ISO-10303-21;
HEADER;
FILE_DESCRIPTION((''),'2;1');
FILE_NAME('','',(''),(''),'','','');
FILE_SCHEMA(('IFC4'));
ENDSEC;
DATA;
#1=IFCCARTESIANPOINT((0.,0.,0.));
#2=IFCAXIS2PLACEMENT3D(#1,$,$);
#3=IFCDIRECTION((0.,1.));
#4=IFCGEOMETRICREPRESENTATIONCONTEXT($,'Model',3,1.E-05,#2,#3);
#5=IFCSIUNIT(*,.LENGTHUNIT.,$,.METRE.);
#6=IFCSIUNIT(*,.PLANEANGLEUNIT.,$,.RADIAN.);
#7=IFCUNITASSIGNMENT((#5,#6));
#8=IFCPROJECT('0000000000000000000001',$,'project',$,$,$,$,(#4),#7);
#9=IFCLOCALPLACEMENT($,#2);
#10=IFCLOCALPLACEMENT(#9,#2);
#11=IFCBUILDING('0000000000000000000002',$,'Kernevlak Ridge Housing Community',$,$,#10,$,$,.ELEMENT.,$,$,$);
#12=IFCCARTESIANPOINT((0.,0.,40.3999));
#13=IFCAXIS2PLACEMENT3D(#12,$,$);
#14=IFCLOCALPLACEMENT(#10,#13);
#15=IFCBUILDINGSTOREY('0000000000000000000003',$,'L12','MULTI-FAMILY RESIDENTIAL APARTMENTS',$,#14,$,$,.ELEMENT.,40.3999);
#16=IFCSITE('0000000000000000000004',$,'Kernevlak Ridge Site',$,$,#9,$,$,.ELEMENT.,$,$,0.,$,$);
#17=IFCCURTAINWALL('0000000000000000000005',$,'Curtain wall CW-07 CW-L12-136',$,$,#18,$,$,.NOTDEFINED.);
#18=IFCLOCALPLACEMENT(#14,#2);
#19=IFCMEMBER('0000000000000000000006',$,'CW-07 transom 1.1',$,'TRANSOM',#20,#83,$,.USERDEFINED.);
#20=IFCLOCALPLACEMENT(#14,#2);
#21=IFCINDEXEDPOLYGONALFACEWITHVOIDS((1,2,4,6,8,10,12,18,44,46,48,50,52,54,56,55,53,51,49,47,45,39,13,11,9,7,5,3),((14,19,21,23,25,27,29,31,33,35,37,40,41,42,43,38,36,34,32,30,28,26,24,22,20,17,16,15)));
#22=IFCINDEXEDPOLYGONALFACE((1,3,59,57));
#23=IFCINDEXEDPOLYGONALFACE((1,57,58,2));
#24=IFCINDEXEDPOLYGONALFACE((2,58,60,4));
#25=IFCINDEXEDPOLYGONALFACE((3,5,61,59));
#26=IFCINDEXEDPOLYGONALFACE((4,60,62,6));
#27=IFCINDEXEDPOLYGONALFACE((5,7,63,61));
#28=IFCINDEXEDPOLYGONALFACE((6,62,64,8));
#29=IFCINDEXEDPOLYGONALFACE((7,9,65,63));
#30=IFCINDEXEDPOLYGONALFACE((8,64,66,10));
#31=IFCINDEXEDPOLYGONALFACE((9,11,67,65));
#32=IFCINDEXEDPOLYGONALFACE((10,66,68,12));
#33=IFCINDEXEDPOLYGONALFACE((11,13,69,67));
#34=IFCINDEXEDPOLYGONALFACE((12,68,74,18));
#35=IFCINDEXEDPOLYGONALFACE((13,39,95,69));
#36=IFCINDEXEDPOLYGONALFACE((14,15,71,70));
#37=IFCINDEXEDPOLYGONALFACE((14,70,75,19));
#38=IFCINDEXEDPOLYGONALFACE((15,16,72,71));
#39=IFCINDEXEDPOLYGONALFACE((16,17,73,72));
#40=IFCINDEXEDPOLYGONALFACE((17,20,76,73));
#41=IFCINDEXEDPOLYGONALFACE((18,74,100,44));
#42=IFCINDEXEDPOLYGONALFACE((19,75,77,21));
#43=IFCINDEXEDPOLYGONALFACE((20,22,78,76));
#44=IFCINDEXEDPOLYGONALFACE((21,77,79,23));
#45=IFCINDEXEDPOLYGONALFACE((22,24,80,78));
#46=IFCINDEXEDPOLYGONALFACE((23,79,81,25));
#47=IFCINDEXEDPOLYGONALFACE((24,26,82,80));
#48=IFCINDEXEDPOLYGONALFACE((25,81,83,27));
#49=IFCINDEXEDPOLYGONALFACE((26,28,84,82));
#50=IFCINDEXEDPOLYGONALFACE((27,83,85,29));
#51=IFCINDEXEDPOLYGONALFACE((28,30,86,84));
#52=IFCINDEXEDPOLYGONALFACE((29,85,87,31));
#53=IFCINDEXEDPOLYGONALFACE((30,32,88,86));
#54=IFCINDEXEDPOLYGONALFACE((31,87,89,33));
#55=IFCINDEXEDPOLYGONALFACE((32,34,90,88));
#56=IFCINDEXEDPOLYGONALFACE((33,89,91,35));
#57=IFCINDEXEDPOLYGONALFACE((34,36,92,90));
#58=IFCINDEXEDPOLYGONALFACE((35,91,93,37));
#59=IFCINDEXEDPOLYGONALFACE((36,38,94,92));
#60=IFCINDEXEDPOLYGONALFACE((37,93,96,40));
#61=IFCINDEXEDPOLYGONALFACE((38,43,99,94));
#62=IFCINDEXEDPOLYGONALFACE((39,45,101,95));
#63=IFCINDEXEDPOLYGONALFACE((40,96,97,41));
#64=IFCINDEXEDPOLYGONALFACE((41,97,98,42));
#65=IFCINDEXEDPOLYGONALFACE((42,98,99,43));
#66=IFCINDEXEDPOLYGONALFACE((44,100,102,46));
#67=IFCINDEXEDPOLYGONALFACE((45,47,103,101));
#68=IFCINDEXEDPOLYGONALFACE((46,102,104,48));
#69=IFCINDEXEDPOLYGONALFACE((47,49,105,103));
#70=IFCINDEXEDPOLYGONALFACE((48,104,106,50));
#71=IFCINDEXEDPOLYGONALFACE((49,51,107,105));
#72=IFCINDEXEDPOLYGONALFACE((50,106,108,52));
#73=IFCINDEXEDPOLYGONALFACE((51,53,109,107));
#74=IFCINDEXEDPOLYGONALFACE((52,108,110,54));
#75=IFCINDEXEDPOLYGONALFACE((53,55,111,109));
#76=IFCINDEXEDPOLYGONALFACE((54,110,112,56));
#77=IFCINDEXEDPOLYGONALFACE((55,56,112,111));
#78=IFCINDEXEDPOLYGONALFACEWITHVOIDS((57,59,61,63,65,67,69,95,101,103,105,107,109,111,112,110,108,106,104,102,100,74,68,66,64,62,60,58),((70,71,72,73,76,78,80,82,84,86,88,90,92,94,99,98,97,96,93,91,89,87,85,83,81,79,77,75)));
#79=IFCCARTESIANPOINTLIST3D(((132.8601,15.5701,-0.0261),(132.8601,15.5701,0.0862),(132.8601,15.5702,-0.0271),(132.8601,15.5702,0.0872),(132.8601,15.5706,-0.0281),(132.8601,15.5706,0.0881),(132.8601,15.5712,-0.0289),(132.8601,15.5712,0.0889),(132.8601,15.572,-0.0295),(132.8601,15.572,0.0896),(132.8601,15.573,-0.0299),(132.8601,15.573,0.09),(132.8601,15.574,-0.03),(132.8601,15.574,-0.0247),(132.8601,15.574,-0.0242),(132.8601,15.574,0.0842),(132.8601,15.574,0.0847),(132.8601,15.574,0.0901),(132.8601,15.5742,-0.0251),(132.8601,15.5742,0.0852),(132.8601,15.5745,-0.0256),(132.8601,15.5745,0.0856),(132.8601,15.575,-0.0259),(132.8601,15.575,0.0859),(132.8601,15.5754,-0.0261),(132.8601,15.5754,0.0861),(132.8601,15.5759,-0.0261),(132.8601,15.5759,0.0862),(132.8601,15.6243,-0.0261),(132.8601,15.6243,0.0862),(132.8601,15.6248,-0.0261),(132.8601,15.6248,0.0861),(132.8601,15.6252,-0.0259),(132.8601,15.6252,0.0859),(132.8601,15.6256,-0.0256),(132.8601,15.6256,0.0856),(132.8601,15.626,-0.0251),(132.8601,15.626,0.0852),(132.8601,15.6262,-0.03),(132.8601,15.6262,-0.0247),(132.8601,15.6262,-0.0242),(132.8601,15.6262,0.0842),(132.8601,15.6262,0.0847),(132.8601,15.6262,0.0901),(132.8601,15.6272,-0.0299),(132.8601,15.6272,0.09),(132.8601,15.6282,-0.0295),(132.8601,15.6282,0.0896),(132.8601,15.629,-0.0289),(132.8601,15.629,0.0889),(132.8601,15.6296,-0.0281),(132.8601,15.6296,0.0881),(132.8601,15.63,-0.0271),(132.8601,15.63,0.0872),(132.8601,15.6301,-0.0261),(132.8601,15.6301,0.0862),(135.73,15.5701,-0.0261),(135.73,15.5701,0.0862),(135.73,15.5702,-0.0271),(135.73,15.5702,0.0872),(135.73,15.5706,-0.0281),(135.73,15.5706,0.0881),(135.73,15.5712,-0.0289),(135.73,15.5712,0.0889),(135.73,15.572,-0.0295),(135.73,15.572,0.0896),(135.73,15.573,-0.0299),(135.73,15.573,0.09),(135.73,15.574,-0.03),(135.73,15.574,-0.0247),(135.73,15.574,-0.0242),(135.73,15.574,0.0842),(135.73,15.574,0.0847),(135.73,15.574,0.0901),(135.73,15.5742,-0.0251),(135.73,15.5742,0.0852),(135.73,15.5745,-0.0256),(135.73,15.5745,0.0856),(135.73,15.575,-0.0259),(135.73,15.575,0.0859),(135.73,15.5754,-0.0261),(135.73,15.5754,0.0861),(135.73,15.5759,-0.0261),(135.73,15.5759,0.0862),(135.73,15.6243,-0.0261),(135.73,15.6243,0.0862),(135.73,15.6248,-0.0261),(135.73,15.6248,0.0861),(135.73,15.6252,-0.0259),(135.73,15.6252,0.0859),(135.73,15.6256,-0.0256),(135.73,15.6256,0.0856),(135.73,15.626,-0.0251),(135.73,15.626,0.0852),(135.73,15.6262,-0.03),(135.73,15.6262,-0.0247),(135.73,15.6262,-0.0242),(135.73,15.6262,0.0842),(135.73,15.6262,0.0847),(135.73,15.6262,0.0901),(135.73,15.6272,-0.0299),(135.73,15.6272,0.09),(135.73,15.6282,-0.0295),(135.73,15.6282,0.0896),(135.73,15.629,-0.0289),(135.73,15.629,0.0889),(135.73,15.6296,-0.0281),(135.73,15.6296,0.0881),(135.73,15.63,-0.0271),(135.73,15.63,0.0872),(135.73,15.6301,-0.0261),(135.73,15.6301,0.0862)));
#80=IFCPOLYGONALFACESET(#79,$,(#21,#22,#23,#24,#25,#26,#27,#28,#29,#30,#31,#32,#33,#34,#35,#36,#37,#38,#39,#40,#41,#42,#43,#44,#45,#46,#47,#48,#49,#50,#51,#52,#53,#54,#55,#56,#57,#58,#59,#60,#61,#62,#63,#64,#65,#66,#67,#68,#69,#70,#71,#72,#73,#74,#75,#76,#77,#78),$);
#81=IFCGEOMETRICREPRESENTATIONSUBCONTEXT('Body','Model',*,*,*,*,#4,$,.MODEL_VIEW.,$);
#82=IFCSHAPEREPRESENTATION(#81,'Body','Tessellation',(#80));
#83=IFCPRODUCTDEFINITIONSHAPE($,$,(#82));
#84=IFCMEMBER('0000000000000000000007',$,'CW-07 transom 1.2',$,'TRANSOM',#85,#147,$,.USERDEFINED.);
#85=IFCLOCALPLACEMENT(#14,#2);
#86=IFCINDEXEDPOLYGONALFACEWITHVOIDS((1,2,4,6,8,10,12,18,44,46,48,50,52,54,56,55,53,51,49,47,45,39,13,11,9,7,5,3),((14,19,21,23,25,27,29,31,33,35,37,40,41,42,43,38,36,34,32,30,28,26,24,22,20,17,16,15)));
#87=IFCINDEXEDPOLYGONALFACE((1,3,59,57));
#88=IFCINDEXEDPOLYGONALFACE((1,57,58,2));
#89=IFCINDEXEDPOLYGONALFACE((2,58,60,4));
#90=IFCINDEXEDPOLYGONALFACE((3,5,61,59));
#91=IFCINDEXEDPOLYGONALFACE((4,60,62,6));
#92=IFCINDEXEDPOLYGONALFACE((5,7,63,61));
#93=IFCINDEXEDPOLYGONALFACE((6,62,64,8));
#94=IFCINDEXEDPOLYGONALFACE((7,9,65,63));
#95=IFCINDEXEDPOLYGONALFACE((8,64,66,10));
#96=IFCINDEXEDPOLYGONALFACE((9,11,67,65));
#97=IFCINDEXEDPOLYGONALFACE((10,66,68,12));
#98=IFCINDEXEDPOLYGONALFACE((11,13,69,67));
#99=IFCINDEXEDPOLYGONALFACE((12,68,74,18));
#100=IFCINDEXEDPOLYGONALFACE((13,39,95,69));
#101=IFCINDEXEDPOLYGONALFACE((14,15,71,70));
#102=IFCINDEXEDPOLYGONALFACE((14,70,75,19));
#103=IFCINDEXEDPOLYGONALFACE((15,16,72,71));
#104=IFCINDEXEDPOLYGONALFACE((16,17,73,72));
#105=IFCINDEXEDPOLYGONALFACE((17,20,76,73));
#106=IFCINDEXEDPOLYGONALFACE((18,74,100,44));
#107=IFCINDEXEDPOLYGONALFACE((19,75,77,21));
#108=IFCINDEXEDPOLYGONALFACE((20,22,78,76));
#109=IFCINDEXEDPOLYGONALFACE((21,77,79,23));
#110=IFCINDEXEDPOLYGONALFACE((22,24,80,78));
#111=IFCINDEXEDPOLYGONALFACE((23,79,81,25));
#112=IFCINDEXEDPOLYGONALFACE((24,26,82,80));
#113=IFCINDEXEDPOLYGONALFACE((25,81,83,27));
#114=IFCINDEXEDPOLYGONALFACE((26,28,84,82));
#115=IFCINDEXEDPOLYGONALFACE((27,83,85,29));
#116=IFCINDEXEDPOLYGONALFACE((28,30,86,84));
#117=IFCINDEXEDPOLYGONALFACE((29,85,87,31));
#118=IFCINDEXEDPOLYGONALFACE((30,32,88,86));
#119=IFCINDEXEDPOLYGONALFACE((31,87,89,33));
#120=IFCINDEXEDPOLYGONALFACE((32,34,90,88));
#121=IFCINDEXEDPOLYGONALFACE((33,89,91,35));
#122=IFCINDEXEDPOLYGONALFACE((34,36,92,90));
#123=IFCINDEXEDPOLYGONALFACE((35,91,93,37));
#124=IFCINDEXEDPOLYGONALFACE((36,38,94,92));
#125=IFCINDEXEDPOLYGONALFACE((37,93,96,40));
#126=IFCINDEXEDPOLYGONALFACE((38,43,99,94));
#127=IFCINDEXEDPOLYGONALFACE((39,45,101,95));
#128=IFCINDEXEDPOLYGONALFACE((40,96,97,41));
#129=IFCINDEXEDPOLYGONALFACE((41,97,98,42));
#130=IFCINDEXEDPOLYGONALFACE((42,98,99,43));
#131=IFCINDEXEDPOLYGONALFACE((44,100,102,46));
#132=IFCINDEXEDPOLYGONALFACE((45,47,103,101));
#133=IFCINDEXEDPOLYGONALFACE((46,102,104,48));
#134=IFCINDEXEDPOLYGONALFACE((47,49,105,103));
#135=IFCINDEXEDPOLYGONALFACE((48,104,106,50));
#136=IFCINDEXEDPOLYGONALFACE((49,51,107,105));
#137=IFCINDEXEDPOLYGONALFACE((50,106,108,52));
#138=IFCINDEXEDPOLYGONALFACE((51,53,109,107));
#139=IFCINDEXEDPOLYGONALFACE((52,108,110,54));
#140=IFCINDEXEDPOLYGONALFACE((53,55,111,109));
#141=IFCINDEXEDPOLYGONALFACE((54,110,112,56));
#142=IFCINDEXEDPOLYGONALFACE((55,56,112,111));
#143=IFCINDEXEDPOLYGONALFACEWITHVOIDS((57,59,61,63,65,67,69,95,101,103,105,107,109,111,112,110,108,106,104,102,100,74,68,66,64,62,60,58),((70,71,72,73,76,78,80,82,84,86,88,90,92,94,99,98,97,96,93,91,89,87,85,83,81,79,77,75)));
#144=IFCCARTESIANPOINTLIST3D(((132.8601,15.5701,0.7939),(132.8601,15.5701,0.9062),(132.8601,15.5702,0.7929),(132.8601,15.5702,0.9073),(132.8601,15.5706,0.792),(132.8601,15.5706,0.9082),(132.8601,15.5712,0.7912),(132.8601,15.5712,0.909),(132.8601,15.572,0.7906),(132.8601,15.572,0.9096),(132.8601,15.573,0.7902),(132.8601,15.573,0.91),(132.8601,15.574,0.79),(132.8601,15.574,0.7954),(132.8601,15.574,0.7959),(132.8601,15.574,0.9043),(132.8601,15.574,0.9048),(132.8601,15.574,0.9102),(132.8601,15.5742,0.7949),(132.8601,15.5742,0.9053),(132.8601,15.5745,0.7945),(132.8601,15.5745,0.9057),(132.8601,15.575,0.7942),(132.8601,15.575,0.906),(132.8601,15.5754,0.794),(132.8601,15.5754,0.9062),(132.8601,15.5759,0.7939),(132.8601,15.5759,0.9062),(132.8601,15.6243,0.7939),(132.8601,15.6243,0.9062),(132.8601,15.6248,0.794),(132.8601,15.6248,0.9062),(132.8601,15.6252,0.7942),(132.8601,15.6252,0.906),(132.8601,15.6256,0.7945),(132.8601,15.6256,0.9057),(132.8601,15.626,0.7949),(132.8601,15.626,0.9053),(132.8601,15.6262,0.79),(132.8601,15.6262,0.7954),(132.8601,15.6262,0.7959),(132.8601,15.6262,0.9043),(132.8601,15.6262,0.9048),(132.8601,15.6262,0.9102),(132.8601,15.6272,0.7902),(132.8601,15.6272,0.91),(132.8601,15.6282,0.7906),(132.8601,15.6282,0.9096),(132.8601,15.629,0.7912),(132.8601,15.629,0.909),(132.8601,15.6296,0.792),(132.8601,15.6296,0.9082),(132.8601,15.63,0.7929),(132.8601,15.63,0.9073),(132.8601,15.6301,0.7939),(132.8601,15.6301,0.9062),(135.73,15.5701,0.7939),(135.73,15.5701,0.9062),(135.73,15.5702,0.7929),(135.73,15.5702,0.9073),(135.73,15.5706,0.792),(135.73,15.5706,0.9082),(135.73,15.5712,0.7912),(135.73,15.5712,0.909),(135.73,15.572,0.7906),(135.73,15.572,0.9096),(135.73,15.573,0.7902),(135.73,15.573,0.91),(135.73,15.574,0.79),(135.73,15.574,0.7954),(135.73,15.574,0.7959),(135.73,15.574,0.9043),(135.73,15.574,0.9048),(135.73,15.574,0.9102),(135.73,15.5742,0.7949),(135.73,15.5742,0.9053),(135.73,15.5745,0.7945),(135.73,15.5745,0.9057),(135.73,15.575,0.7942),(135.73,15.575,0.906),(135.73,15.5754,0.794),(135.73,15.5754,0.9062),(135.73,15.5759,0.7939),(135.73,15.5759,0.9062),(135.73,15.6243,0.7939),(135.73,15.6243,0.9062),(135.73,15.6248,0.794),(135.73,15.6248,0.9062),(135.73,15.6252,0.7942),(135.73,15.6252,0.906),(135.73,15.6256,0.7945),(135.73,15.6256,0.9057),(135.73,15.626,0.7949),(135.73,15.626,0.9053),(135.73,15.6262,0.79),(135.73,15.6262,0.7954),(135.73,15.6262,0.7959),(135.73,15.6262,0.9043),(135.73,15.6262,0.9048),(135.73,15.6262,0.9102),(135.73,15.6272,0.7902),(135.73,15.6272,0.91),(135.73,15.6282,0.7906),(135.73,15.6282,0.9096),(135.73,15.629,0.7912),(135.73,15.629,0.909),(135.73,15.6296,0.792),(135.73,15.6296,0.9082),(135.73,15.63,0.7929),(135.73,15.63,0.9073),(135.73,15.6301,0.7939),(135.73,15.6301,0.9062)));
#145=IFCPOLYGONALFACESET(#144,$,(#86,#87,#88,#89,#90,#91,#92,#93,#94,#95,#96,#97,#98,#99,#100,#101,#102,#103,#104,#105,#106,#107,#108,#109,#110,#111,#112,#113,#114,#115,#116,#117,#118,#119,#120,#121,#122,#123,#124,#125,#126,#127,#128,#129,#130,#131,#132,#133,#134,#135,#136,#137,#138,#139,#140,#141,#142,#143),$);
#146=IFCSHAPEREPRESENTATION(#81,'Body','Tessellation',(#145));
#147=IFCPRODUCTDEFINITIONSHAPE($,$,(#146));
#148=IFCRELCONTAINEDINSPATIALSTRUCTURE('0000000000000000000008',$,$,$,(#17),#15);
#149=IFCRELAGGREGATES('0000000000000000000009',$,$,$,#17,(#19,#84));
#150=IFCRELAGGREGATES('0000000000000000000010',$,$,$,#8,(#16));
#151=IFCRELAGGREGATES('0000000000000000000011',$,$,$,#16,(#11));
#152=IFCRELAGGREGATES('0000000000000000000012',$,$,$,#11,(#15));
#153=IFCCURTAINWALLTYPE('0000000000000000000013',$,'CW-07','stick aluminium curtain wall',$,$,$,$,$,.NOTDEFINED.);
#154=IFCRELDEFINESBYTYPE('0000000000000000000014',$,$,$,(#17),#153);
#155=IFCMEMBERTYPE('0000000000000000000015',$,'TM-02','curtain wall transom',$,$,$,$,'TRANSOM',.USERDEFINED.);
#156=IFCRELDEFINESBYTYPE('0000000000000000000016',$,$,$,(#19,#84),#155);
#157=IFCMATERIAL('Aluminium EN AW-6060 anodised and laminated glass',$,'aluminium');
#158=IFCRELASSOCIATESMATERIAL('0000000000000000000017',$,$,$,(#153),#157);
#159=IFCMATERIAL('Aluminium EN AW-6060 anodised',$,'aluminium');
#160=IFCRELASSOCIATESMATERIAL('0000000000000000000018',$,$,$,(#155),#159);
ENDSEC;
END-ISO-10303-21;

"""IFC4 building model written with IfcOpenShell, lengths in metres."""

from ifc_helpers import new_model, si_unit, direction, frame, origin, origin_2d, place, context, subcontext, project, spatial, hollow_rectangle, extrude, material, material_profile, profile_set, type_object, element, aggregate, save


model = new_model("IFC4")

# Units and contexts
model_context = context("Model", 3, precision=1e-05, world=origin(), true_north=direction((0.0, 1.0)))
body_context = subcontext(model_context, "Body", "Model", "MODEL_VIEW")
ifc_project = project(units=[si_unit("LENGTHUNIT", "METRE"), si_unit("PLANEANGLEUNIT", "RADIAN")], contexts=[model_context])

# Site, building, storey
site_placement = place(None, origin())
site = spatial("IfcSite", under=ifc_project, at=site_placement, Name="Kernevlak Ridge Site", CompositionType="ELEMENT", RefElevation=0.0)
building_placement = place(site_placement, origin())
building = spatial("IfcBuilding", under=site, at=building_placement, Name="Kernevlak Ridge Housing Community", CompositionType="ELEMENT")
storey_placement = place(building_placement, frame((0.0, 0.0, 40.3999)))
storey = spatial("IfcBuildingStorey", under=building, at=storey_placement, Name="L12", Description="MULTI-FAMILY RESIDENTIAL APARTMENTS", CompositionType="ELEMENT", Elevation=40.3999)

# Curtain wall
ifc_material_1 = material(Name="Aluminium EN AW-6060 anodised and laminated glass", Category="aluminium")
curtain_wall_type = type_object("IfcCurtainWallType", Name="CW-07", Description="stick aluminium curtain wall", PredefinedType="NOTDEFINED", material=ifc_material_1)
curtain_wall_placement = place(storey_placement, origin())
curtain_wall = element("IfcCurtainWall", 1, at=curtain_wall_placement, inside=storey, type_object=curtain_wall_type, Name="Curtain wall CW-07 CW-L12-136", PredefinedType="NOTDEFINED")
ifc_material_2 = material(Name="Aluminium EN AW-6060 anodised", Category="aluminium")

# Members
ifc_material_profile_1 = material_profile(ifc_material_2, hollow_rectangle(XDim=0.0601, YDim=0.1201, WallThickness=0.0039, InnerFilletRadius=0.002, OuterFilletRadius=0.0039, at=origin_2d()), Name="ALU 60x120x4")
ifc_profile_set_1 = profile_set([ifc_material_profile_1], Name="Aluminium EN AW-6060 anodised")
member_type_1 = type_object("IfcMemberType", Name="TM-02", Description="curtain wall transom", ElementType="TRANSOM", PredefinedType="USERDEFINED", material=ifc_profile_set_1)
member_1_placement = place(storey_placement, frame((132.8601, 15.6001, 0.03), z_axis=(1.0, 0.0, 0.0), x_axis=(0.0, 1.0, 0.0)))
member_1 = element("IfcMember", 2, at=member_1_placement, type_object=member_type_1, Name="CW-07 transom 1.1", ObjectType="TRANSOM", PredefinedType="USERDEFINED", context=body_context, shape_type="SweptSolid", body=[
    extrude(hollow_rectangle(XDim=0.0601, YDim=0.1201, WallThickness=0.0039, InnerFilletRadius=0.002, OuterFilletRadius=0.0039, at=origin_2d()), origin(), (0.0, 0.0, 1.0), 2.8699),
])
member_2_placement = place(storey_placement, frame((132.8601, 15.6001, 0.8501), z_axis=(1.0, 0.0, 0.0), x_axis=(0.0, 1.0, 0.0)))
member_2 = element("IfcMember", 3, at=member_2_placement, type_object=member_type_1, Name="CW-07 transom 1.2", ObjectType="TRANSOM", PredefinedType="USERDEFINED", context=body_context, shape_type="SweptSolid", body=[
    extrude(hollow_rectangle(XDim=0.0601, YDim=0.1201, WallThickness=0.0039, InnerFilletRadius=0.002, OuterFilletRadius=0.0039, at=origin_2d()), origin(), (0.0, 0.0, 1.0), 2.8699),
])

aggregate(curtain_wall, [member_1, member_2])

save(model, "model.ifc")
